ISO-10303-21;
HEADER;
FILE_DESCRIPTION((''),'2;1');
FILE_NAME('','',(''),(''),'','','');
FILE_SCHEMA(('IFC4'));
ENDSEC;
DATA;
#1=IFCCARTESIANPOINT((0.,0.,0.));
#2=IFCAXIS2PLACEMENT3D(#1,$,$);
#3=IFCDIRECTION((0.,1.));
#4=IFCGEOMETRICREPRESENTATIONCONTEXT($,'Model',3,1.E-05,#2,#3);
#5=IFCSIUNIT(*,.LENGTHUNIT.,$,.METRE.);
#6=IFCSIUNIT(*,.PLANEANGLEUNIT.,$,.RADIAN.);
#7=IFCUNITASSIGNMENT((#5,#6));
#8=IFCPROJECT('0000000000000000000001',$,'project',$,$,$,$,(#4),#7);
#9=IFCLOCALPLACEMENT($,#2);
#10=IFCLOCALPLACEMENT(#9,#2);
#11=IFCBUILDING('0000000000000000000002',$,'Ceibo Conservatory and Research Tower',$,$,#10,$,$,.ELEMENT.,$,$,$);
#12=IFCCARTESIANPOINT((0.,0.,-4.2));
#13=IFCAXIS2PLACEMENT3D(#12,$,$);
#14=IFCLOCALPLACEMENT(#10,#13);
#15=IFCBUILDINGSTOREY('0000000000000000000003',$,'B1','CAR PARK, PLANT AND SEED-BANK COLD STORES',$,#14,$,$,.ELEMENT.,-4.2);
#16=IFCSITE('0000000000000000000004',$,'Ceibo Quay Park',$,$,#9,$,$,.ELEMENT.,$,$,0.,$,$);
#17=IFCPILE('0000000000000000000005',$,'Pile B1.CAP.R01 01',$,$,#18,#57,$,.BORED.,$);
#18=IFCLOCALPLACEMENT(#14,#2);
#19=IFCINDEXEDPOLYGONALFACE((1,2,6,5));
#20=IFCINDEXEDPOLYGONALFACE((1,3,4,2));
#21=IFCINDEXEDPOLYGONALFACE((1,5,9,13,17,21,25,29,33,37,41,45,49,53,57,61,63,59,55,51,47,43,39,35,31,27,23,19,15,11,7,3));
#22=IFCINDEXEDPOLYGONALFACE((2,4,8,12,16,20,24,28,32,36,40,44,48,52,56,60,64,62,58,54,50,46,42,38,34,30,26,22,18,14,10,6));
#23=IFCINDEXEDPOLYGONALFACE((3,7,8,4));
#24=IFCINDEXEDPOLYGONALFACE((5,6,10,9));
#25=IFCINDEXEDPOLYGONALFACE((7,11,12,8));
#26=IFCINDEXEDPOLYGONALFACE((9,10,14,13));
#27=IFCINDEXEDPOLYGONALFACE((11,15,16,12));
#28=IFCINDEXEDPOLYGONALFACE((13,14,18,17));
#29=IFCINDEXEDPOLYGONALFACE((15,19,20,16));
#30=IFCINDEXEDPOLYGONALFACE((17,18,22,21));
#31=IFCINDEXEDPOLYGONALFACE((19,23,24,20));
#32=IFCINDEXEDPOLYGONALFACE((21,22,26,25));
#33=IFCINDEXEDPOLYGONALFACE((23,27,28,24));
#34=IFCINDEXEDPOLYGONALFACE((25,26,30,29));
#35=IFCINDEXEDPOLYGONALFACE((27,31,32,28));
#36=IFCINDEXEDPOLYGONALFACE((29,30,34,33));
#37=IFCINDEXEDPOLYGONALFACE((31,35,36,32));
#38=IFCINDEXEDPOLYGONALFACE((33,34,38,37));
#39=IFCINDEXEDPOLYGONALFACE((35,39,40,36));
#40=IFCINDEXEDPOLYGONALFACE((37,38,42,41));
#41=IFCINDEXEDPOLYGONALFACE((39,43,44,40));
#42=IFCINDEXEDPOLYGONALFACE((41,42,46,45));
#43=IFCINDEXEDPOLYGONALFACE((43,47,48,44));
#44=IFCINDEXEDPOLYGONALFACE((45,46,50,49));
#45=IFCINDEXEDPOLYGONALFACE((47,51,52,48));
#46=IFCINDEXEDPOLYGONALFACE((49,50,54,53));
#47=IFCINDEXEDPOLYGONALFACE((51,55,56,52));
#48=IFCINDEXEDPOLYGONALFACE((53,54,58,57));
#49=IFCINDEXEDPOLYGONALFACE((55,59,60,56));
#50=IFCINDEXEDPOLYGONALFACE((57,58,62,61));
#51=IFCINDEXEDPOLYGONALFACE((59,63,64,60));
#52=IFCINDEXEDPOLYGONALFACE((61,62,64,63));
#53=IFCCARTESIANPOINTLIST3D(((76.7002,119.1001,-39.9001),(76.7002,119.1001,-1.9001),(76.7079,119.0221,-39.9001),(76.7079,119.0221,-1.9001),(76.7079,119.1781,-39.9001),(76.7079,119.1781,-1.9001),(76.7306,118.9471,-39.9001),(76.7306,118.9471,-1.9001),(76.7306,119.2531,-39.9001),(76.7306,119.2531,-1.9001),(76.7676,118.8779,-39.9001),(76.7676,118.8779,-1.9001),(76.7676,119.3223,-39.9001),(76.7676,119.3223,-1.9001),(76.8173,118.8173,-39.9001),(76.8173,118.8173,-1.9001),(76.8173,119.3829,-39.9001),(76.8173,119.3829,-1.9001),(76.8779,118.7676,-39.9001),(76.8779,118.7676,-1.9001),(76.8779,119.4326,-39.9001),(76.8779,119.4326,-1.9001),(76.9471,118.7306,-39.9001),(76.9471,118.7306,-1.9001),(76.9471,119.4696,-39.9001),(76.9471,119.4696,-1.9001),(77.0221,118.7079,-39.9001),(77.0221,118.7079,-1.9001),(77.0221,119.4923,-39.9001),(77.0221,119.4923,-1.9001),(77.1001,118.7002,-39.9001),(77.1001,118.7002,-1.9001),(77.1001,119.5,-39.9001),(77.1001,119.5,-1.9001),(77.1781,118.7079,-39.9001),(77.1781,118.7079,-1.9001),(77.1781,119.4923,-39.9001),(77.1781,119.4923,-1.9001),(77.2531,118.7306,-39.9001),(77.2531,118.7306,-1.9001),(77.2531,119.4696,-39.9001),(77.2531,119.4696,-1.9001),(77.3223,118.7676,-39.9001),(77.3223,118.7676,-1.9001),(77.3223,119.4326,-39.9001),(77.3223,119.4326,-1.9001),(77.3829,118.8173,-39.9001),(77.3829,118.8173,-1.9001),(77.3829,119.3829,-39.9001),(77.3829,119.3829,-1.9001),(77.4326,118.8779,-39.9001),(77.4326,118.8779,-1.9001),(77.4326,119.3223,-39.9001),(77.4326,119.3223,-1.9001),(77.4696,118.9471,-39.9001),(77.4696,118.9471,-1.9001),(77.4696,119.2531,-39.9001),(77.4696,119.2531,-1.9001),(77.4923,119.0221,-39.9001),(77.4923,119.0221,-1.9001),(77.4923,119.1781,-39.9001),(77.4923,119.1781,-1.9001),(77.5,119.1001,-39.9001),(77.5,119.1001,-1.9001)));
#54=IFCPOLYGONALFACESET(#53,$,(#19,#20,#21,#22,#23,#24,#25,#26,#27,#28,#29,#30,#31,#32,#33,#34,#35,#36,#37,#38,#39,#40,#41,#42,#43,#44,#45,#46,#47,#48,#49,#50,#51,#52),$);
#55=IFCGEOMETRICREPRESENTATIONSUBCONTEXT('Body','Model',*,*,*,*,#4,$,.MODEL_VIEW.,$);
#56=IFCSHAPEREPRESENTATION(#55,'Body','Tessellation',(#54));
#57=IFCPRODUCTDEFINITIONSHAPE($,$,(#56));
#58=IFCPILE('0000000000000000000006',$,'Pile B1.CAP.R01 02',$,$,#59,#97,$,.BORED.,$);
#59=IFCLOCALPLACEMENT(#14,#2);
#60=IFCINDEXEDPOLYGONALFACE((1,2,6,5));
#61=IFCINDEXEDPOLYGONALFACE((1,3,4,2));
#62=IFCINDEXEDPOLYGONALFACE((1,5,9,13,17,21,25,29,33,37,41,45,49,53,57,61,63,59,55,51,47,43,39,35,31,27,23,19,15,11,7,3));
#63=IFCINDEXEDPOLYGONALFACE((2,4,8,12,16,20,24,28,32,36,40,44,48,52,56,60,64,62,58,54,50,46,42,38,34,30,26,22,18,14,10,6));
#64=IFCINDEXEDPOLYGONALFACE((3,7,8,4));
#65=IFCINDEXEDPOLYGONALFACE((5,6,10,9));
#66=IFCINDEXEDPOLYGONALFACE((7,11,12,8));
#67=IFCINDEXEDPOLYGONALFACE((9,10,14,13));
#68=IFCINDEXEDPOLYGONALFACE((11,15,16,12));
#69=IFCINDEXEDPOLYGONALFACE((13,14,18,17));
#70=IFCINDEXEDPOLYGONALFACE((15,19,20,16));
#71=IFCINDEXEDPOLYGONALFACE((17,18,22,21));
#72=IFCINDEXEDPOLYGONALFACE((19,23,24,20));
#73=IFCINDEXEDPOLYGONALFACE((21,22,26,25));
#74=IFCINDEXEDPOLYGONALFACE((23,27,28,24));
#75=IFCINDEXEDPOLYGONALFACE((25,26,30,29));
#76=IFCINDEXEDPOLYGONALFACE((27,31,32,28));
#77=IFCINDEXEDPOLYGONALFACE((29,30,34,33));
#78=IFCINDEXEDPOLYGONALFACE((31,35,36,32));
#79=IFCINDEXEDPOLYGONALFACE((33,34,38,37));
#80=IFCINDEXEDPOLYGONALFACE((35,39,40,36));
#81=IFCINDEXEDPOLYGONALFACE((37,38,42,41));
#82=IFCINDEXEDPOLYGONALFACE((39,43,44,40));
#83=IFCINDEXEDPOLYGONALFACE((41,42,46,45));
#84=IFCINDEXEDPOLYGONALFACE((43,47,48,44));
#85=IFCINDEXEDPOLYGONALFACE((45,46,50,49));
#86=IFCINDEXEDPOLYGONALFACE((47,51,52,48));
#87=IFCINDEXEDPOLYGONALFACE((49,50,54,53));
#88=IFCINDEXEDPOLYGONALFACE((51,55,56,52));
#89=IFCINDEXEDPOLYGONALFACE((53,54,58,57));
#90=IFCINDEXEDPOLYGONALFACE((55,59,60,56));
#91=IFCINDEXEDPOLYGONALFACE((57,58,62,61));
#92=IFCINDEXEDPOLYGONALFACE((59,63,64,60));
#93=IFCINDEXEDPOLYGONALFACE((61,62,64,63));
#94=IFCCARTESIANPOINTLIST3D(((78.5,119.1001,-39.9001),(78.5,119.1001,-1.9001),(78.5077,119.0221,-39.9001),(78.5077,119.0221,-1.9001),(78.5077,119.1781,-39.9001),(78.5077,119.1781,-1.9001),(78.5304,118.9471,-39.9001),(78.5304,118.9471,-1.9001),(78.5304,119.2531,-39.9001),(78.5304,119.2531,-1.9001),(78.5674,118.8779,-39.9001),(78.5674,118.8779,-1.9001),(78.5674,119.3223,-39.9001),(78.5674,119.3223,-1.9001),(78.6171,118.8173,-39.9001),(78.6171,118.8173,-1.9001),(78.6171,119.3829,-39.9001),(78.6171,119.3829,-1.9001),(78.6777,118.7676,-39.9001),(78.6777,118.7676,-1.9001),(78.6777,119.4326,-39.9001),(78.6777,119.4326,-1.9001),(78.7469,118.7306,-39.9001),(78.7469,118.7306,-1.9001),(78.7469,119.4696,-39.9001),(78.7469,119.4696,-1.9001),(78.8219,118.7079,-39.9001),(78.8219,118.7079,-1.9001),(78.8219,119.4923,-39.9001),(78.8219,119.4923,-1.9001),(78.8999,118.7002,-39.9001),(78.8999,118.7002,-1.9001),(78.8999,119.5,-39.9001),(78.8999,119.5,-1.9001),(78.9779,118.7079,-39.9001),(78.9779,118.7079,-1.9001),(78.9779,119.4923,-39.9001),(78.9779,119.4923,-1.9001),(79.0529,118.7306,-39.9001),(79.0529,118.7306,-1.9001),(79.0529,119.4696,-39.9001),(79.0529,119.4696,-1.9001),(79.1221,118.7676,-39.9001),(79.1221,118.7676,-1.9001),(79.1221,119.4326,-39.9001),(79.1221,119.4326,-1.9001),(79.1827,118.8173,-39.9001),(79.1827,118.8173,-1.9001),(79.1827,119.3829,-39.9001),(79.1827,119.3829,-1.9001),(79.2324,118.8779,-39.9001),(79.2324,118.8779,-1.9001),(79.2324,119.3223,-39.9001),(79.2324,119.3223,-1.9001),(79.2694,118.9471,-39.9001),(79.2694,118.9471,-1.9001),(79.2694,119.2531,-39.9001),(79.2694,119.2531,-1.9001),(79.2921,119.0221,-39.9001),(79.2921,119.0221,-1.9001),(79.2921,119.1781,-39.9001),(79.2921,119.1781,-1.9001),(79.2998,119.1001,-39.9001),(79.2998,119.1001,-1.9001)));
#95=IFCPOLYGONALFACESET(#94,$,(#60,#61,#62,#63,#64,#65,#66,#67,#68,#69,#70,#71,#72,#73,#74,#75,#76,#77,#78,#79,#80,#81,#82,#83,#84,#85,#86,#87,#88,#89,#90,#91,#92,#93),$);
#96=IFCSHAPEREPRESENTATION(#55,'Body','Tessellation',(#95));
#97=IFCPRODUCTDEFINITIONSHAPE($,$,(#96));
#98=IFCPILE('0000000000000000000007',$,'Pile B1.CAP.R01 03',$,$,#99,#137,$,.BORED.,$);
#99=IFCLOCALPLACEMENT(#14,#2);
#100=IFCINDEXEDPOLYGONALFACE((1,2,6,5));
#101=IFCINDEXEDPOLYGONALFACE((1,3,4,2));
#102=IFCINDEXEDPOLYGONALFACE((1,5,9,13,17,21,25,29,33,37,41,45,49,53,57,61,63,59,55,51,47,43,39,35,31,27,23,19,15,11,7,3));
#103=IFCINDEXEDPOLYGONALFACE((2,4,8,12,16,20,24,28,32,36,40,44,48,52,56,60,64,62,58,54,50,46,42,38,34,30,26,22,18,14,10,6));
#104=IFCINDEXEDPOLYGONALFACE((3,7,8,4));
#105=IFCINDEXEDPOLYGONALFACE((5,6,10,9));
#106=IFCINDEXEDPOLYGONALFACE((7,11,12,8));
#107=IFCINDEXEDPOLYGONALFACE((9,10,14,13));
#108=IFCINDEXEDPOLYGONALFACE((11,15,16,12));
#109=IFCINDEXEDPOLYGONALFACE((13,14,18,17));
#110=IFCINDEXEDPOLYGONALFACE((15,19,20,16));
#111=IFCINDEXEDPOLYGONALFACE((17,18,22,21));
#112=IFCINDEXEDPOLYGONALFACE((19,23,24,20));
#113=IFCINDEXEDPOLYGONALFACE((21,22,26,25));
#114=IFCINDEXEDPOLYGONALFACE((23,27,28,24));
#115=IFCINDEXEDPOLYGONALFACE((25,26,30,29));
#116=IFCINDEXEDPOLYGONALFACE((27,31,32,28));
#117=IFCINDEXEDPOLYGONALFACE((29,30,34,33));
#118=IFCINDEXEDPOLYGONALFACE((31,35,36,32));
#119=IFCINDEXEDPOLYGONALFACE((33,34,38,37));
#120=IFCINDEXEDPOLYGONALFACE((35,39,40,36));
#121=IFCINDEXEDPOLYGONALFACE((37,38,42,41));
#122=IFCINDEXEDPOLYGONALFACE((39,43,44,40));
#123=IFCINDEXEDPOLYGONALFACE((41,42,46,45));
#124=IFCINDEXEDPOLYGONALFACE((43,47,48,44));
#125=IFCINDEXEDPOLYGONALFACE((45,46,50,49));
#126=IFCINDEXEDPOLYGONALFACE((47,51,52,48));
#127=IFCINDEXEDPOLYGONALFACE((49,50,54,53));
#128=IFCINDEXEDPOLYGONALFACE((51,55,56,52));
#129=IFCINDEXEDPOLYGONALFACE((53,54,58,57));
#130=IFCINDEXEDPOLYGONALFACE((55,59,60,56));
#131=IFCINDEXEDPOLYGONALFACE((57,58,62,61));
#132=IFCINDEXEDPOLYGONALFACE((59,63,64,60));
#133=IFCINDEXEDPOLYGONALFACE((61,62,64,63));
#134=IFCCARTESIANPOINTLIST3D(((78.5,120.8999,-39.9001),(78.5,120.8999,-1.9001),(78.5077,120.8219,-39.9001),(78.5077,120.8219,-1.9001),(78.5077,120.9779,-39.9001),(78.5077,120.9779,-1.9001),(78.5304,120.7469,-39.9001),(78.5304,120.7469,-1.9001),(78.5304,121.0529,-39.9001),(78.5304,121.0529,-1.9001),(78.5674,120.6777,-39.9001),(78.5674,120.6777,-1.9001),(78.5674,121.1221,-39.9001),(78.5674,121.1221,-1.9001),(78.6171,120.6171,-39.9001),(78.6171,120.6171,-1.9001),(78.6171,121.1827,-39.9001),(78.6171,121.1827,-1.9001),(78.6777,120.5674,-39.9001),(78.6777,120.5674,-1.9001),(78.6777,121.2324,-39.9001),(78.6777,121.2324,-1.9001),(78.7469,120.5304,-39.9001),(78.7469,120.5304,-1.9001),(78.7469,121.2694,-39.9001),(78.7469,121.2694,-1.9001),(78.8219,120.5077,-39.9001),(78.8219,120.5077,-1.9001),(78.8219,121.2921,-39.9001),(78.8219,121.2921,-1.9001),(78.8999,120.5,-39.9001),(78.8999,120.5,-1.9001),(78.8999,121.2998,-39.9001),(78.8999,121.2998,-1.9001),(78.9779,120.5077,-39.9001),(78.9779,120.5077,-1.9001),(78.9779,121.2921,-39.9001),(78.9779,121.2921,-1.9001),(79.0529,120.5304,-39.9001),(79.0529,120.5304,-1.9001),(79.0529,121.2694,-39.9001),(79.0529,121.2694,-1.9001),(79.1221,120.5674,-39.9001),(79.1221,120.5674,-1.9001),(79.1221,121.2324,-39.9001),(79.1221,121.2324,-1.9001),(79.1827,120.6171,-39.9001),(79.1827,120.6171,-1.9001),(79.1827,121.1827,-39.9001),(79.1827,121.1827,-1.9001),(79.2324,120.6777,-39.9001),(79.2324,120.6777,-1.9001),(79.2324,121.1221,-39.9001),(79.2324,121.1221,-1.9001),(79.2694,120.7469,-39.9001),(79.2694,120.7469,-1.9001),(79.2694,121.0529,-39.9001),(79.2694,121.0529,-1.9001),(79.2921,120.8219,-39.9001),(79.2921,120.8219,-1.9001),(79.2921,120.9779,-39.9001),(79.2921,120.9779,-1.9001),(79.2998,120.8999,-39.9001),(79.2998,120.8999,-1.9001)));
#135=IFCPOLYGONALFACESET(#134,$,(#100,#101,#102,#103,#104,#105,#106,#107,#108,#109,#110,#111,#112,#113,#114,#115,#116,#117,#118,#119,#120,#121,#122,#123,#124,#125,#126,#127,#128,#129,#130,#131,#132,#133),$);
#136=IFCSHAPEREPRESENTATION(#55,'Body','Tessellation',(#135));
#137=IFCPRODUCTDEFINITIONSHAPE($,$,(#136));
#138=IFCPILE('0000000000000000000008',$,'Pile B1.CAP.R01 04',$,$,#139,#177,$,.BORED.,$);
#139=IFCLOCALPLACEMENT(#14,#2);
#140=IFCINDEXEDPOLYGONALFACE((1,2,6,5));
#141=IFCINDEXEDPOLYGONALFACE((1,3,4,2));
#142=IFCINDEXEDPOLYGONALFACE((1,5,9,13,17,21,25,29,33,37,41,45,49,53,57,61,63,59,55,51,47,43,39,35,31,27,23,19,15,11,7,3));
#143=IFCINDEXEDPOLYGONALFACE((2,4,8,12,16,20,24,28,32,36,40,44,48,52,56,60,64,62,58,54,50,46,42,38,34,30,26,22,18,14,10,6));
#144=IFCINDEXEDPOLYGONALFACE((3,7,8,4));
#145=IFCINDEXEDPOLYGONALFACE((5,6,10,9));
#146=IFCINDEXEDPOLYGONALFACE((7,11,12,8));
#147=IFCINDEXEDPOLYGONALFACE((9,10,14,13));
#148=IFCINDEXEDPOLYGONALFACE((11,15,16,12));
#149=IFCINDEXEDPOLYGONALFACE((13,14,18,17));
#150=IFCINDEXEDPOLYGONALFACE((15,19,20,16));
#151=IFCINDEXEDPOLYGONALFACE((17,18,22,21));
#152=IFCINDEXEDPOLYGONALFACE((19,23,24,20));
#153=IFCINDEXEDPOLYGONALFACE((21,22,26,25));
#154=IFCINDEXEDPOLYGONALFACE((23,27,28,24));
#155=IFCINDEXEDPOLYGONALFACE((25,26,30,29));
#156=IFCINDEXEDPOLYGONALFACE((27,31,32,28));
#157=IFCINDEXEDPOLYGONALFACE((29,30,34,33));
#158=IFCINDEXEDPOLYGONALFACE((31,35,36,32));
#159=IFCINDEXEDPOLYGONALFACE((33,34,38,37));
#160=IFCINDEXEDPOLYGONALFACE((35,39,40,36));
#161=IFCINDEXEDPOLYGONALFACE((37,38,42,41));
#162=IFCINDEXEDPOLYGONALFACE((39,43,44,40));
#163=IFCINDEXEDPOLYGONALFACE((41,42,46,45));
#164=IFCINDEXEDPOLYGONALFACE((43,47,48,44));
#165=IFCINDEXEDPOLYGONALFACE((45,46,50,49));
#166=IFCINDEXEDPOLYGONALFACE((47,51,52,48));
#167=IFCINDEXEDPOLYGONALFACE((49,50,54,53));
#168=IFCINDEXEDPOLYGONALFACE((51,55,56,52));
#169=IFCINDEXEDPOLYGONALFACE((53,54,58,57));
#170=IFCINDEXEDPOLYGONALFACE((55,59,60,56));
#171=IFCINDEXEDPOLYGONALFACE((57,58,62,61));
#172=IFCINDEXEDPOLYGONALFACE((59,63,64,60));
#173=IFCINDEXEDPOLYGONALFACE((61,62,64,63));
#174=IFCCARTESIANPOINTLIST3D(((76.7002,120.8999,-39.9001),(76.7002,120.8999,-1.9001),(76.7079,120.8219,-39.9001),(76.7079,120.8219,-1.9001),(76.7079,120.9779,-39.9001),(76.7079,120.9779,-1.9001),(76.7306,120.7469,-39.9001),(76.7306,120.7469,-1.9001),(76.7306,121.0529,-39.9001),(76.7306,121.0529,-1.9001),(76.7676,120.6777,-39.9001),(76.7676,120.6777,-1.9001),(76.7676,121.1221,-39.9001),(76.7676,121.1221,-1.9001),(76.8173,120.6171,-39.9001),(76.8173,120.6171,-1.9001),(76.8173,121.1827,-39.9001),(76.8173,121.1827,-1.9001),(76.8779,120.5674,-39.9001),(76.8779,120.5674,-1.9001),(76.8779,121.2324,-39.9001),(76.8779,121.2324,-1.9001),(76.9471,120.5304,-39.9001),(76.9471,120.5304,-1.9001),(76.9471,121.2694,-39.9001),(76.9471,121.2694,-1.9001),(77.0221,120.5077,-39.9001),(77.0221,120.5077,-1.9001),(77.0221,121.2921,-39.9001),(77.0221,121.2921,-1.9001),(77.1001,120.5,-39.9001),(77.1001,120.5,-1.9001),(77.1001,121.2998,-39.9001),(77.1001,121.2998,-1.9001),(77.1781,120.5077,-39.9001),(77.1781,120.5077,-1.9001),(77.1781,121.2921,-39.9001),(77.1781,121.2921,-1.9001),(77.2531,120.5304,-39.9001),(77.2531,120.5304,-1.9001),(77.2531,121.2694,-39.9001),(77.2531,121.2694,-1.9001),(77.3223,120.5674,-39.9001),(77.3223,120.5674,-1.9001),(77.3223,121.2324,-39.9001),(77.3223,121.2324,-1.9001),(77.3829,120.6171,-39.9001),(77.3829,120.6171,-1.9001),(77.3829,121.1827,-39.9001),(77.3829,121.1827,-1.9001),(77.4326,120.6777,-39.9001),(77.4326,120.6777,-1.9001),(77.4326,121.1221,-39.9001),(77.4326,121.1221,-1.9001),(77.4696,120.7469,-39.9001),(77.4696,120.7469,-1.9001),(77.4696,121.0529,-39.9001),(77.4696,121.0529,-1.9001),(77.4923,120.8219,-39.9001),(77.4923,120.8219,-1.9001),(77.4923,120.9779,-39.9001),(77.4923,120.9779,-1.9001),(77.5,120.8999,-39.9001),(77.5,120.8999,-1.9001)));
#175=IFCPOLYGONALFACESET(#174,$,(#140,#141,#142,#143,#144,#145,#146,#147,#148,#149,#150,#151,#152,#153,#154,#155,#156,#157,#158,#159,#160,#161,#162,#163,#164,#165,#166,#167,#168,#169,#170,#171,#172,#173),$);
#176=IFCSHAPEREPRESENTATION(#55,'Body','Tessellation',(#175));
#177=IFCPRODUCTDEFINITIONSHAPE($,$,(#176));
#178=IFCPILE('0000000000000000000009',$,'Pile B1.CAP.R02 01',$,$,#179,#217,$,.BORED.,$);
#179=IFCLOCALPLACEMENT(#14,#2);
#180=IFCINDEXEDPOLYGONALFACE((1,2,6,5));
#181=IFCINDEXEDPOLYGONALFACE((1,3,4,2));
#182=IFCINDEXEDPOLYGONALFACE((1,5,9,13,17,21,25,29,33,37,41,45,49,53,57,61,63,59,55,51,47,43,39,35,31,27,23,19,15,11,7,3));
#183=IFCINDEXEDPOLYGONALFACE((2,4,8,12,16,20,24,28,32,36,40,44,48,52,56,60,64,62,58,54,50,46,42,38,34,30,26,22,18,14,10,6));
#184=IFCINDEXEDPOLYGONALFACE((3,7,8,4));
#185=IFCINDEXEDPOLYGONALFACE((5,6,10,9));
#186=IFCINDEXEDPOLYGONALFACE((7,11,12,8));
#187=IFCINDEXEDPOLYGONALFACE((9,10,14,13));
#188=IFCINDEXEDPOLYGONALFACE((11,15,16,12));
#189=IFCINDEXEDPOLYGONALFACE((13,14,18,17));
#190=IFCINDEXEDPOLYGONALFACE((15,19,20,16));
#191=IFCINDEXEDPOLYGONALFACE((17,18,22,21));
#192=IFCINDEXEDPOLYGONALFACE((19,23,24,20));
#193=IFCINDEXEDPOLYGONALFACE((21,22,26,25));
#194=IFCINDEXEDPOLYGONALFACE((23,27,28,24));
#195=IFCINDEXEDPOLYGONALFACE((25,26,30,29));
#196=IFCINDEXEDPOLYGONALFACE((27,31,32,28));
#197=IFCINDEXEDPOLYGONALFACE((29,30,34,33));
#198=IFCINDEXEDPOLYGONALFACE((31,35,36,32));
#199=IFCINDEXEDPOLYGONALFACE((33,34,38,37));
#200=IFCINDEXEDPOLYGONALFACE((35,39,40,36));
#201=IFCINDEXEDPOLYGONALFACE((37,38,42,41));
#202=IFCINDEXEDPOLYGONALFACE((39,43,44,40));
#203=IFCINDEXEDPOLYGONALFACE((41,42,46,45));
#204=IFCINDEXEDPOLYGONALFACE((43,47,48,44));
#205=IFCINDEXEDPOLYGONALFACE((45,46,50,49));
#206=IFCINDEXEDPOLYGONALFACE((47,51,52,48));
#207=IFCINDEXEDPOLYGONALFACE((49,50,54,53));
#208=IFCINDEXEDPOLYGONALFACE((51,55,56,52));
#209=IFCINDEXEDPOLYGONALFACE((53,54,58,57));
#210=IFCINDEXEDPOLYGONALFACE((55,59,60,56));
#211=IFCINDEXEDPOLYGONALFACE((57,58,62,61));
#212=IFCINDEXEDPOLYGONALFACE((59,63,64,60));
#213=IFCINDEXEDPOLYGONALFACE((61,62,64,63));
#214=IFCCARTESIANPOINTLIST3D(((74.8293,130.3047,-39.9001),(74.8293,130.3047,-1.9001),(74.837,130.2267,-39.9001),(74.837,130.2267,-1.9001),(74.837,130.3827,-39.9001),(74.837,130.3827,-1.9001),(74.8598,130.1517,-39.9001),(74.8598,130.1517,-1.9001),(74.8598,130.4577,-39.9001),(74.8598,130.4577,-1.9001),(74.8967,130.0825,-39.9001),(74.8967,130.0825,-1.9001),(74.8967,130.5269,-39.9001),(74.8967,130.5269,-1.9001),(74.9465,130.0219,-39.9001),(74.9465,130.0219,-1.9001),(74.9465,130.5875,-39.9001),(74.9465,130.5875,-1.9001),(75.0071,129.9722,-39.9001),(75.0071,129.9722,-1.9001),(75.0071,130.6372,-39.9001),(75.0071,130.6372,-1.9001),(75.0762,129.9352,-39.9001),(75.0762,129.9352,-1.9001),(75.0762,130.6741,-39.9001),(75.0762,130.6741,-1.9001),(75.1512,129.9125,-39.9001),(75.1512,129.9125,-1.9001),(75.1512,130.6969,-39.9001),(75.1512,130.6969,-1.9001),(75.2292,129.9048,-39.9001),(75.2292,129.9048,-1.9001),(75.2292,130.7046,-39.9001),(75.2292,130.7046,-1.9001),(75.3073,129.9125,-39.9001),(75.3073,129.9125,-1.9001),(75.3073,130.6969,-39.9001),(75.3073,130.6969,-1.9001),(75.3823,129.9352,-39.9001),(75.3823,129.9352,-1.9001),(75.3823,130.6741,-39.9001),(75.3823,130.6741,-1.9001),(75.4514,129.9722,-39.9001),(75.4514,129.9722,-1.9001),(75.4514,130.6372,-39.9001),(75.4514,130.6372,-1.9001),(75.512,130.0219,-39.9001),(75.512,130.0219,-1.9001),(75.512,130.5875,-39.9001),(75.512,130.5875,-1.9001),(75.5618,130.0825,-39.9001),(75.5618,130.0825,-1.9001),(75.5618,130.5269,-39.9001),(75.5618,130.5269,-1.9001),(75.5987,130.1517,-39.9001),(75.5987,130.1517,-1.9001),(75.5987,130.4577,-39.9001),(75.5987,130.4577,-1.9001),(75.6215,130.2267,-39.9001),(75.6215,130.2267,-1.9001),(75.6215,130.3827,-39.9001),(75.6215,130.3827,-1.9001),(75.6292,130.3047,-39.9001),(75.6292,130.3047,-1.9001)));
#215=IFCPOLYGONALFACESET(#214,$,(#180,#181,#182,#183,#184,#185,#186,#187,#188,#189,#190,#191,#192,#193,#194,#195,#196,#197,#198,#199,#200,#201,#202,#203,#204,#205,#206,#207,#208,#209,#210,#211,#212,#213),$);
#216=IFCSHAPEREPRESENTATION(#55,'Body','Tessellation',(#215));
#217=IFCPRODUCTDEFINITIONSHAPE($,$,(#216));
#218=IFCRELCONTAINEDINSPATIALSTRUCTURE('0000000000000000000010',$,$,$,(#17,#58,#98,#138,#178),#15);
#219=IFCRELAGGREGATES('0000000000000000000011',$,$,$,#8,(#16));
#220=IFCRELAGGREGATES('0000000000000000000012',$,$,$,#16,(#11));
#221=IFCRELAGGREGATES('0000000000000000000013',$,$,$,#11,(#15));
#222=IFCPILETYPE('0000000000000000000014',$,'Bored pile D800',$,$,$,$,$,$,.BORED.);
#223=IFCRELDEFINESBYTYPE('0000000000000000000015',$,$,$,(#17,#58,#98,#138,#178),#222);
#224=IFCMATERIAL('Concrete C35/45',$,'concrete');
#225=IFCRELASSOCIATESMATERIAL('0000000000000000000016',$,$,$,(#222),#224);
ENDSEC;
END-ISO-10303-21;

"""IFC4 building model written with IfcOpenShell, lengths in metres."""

from ifc_helpers import new_model, si_unit, direction, frame, origin, origin_2d, place, context, subcontext, project, spatial, circle, extrude, material, material_profile, profile_set, type_object, element, save


model = new_model("IFC4")

# Units and contexts
model_context = context("Model", 3, precision=1e-05, world=origin(), true_north=direction((0.0, 1.0)))
body_context = subcontext(model_context, "Body", "Model", "MODEL_VIEW")
ifc_project = project(units=[si_unit("LENGTHUNIT", "METRE"), si_unit("PLANEANGLEUNIT", "RADIAN")], contexts=[model_context])

# Site, building, storey
site_placement = place(None, origin())
site = spatial("IfcSite", under=ifc_project, at=site_placement, Name="Ceibo Quay Park", CompositionType="ELEMENT", RefElevation=0.0)
building_placement = place(site_placement, origin())
building = spatial("IfcBuilding", under=site, at=building_placement, Name="Ceibo Conservatory and Research Tower", CompositionType="ELEMENT")
storey_placement = place(building_placement, frame((0.0, 0.0, -4.2)))
storey = spatial("IfcBuildingStorey", under=building, at=storey_placement, Name="B1", Description="CAR PARK, PLANT AND SEED-BANK COLD STORES", CompositionType="ELEMENT", Elevation=-4.2)

# Piles
ifc_material_1 = material(Name="Concrete C35/45", Category="concrete")
ifc_material_profile_1 = material_profile(ifc_material_1, circle(Radius=0.3999, at=origin_2d()), Name="RC D800")
ifc_profile_set_1 = profile_set([ifc_material_profile_1], Name="Concrete C35/45")
pile_type_1 = type_object("IfcPileType", Name="Bored pile D800", PredefinedType="BORED", material=ifc_profile_set_1)
for number, where, z_axis, x_axis, name in (
    (1, (77.1001, 119.1001, -1.9001), (0.0, 0.0, -1.0), (1.0, 0.0, 0.0), "Pile B1.CAP.R01 01"),
    (2, (78.8999, 119.1001, -1.9001), (0.0, 0.0, -1.0), (1.0, 0.0, 0.0), "Pile B1.CAP.R01 02"),
    (3, (78.8999, 120.8999, -1.9001), (0.0, 0.0, -1.0), (1.0, 0.0, 0.0), "Pile B1.CAP.R01 03"),
    (4, (77.1001, 120.8999, -1.9001), (0.0, 0.0, -1.0), (1.0, 0.0, 0.0), "Pile B1.CAP.R01 04"),
    (5, (75.2292, 130.3047, -1.9001), (0.0, 0.0, -1.0), (1.0, 0.0, 0.0), "Pile B1.CAP.R02 01"),
):
    element("IfcPile", number, at=place(storey_placement, frame(where, z_axis=z_axis, x_axis=x_axis)), inside=storey, type_object=pile_type_1, Name=name, PredefinedType="BORED", context=body_context, shape_type="SweptSolid", body=[
        extrude(circle(Radius=0.3999, at=origin_2d()), origin(), (0.0, 0.0, 1.0), 38.0),
    ])

save(model, "model.ifc")
